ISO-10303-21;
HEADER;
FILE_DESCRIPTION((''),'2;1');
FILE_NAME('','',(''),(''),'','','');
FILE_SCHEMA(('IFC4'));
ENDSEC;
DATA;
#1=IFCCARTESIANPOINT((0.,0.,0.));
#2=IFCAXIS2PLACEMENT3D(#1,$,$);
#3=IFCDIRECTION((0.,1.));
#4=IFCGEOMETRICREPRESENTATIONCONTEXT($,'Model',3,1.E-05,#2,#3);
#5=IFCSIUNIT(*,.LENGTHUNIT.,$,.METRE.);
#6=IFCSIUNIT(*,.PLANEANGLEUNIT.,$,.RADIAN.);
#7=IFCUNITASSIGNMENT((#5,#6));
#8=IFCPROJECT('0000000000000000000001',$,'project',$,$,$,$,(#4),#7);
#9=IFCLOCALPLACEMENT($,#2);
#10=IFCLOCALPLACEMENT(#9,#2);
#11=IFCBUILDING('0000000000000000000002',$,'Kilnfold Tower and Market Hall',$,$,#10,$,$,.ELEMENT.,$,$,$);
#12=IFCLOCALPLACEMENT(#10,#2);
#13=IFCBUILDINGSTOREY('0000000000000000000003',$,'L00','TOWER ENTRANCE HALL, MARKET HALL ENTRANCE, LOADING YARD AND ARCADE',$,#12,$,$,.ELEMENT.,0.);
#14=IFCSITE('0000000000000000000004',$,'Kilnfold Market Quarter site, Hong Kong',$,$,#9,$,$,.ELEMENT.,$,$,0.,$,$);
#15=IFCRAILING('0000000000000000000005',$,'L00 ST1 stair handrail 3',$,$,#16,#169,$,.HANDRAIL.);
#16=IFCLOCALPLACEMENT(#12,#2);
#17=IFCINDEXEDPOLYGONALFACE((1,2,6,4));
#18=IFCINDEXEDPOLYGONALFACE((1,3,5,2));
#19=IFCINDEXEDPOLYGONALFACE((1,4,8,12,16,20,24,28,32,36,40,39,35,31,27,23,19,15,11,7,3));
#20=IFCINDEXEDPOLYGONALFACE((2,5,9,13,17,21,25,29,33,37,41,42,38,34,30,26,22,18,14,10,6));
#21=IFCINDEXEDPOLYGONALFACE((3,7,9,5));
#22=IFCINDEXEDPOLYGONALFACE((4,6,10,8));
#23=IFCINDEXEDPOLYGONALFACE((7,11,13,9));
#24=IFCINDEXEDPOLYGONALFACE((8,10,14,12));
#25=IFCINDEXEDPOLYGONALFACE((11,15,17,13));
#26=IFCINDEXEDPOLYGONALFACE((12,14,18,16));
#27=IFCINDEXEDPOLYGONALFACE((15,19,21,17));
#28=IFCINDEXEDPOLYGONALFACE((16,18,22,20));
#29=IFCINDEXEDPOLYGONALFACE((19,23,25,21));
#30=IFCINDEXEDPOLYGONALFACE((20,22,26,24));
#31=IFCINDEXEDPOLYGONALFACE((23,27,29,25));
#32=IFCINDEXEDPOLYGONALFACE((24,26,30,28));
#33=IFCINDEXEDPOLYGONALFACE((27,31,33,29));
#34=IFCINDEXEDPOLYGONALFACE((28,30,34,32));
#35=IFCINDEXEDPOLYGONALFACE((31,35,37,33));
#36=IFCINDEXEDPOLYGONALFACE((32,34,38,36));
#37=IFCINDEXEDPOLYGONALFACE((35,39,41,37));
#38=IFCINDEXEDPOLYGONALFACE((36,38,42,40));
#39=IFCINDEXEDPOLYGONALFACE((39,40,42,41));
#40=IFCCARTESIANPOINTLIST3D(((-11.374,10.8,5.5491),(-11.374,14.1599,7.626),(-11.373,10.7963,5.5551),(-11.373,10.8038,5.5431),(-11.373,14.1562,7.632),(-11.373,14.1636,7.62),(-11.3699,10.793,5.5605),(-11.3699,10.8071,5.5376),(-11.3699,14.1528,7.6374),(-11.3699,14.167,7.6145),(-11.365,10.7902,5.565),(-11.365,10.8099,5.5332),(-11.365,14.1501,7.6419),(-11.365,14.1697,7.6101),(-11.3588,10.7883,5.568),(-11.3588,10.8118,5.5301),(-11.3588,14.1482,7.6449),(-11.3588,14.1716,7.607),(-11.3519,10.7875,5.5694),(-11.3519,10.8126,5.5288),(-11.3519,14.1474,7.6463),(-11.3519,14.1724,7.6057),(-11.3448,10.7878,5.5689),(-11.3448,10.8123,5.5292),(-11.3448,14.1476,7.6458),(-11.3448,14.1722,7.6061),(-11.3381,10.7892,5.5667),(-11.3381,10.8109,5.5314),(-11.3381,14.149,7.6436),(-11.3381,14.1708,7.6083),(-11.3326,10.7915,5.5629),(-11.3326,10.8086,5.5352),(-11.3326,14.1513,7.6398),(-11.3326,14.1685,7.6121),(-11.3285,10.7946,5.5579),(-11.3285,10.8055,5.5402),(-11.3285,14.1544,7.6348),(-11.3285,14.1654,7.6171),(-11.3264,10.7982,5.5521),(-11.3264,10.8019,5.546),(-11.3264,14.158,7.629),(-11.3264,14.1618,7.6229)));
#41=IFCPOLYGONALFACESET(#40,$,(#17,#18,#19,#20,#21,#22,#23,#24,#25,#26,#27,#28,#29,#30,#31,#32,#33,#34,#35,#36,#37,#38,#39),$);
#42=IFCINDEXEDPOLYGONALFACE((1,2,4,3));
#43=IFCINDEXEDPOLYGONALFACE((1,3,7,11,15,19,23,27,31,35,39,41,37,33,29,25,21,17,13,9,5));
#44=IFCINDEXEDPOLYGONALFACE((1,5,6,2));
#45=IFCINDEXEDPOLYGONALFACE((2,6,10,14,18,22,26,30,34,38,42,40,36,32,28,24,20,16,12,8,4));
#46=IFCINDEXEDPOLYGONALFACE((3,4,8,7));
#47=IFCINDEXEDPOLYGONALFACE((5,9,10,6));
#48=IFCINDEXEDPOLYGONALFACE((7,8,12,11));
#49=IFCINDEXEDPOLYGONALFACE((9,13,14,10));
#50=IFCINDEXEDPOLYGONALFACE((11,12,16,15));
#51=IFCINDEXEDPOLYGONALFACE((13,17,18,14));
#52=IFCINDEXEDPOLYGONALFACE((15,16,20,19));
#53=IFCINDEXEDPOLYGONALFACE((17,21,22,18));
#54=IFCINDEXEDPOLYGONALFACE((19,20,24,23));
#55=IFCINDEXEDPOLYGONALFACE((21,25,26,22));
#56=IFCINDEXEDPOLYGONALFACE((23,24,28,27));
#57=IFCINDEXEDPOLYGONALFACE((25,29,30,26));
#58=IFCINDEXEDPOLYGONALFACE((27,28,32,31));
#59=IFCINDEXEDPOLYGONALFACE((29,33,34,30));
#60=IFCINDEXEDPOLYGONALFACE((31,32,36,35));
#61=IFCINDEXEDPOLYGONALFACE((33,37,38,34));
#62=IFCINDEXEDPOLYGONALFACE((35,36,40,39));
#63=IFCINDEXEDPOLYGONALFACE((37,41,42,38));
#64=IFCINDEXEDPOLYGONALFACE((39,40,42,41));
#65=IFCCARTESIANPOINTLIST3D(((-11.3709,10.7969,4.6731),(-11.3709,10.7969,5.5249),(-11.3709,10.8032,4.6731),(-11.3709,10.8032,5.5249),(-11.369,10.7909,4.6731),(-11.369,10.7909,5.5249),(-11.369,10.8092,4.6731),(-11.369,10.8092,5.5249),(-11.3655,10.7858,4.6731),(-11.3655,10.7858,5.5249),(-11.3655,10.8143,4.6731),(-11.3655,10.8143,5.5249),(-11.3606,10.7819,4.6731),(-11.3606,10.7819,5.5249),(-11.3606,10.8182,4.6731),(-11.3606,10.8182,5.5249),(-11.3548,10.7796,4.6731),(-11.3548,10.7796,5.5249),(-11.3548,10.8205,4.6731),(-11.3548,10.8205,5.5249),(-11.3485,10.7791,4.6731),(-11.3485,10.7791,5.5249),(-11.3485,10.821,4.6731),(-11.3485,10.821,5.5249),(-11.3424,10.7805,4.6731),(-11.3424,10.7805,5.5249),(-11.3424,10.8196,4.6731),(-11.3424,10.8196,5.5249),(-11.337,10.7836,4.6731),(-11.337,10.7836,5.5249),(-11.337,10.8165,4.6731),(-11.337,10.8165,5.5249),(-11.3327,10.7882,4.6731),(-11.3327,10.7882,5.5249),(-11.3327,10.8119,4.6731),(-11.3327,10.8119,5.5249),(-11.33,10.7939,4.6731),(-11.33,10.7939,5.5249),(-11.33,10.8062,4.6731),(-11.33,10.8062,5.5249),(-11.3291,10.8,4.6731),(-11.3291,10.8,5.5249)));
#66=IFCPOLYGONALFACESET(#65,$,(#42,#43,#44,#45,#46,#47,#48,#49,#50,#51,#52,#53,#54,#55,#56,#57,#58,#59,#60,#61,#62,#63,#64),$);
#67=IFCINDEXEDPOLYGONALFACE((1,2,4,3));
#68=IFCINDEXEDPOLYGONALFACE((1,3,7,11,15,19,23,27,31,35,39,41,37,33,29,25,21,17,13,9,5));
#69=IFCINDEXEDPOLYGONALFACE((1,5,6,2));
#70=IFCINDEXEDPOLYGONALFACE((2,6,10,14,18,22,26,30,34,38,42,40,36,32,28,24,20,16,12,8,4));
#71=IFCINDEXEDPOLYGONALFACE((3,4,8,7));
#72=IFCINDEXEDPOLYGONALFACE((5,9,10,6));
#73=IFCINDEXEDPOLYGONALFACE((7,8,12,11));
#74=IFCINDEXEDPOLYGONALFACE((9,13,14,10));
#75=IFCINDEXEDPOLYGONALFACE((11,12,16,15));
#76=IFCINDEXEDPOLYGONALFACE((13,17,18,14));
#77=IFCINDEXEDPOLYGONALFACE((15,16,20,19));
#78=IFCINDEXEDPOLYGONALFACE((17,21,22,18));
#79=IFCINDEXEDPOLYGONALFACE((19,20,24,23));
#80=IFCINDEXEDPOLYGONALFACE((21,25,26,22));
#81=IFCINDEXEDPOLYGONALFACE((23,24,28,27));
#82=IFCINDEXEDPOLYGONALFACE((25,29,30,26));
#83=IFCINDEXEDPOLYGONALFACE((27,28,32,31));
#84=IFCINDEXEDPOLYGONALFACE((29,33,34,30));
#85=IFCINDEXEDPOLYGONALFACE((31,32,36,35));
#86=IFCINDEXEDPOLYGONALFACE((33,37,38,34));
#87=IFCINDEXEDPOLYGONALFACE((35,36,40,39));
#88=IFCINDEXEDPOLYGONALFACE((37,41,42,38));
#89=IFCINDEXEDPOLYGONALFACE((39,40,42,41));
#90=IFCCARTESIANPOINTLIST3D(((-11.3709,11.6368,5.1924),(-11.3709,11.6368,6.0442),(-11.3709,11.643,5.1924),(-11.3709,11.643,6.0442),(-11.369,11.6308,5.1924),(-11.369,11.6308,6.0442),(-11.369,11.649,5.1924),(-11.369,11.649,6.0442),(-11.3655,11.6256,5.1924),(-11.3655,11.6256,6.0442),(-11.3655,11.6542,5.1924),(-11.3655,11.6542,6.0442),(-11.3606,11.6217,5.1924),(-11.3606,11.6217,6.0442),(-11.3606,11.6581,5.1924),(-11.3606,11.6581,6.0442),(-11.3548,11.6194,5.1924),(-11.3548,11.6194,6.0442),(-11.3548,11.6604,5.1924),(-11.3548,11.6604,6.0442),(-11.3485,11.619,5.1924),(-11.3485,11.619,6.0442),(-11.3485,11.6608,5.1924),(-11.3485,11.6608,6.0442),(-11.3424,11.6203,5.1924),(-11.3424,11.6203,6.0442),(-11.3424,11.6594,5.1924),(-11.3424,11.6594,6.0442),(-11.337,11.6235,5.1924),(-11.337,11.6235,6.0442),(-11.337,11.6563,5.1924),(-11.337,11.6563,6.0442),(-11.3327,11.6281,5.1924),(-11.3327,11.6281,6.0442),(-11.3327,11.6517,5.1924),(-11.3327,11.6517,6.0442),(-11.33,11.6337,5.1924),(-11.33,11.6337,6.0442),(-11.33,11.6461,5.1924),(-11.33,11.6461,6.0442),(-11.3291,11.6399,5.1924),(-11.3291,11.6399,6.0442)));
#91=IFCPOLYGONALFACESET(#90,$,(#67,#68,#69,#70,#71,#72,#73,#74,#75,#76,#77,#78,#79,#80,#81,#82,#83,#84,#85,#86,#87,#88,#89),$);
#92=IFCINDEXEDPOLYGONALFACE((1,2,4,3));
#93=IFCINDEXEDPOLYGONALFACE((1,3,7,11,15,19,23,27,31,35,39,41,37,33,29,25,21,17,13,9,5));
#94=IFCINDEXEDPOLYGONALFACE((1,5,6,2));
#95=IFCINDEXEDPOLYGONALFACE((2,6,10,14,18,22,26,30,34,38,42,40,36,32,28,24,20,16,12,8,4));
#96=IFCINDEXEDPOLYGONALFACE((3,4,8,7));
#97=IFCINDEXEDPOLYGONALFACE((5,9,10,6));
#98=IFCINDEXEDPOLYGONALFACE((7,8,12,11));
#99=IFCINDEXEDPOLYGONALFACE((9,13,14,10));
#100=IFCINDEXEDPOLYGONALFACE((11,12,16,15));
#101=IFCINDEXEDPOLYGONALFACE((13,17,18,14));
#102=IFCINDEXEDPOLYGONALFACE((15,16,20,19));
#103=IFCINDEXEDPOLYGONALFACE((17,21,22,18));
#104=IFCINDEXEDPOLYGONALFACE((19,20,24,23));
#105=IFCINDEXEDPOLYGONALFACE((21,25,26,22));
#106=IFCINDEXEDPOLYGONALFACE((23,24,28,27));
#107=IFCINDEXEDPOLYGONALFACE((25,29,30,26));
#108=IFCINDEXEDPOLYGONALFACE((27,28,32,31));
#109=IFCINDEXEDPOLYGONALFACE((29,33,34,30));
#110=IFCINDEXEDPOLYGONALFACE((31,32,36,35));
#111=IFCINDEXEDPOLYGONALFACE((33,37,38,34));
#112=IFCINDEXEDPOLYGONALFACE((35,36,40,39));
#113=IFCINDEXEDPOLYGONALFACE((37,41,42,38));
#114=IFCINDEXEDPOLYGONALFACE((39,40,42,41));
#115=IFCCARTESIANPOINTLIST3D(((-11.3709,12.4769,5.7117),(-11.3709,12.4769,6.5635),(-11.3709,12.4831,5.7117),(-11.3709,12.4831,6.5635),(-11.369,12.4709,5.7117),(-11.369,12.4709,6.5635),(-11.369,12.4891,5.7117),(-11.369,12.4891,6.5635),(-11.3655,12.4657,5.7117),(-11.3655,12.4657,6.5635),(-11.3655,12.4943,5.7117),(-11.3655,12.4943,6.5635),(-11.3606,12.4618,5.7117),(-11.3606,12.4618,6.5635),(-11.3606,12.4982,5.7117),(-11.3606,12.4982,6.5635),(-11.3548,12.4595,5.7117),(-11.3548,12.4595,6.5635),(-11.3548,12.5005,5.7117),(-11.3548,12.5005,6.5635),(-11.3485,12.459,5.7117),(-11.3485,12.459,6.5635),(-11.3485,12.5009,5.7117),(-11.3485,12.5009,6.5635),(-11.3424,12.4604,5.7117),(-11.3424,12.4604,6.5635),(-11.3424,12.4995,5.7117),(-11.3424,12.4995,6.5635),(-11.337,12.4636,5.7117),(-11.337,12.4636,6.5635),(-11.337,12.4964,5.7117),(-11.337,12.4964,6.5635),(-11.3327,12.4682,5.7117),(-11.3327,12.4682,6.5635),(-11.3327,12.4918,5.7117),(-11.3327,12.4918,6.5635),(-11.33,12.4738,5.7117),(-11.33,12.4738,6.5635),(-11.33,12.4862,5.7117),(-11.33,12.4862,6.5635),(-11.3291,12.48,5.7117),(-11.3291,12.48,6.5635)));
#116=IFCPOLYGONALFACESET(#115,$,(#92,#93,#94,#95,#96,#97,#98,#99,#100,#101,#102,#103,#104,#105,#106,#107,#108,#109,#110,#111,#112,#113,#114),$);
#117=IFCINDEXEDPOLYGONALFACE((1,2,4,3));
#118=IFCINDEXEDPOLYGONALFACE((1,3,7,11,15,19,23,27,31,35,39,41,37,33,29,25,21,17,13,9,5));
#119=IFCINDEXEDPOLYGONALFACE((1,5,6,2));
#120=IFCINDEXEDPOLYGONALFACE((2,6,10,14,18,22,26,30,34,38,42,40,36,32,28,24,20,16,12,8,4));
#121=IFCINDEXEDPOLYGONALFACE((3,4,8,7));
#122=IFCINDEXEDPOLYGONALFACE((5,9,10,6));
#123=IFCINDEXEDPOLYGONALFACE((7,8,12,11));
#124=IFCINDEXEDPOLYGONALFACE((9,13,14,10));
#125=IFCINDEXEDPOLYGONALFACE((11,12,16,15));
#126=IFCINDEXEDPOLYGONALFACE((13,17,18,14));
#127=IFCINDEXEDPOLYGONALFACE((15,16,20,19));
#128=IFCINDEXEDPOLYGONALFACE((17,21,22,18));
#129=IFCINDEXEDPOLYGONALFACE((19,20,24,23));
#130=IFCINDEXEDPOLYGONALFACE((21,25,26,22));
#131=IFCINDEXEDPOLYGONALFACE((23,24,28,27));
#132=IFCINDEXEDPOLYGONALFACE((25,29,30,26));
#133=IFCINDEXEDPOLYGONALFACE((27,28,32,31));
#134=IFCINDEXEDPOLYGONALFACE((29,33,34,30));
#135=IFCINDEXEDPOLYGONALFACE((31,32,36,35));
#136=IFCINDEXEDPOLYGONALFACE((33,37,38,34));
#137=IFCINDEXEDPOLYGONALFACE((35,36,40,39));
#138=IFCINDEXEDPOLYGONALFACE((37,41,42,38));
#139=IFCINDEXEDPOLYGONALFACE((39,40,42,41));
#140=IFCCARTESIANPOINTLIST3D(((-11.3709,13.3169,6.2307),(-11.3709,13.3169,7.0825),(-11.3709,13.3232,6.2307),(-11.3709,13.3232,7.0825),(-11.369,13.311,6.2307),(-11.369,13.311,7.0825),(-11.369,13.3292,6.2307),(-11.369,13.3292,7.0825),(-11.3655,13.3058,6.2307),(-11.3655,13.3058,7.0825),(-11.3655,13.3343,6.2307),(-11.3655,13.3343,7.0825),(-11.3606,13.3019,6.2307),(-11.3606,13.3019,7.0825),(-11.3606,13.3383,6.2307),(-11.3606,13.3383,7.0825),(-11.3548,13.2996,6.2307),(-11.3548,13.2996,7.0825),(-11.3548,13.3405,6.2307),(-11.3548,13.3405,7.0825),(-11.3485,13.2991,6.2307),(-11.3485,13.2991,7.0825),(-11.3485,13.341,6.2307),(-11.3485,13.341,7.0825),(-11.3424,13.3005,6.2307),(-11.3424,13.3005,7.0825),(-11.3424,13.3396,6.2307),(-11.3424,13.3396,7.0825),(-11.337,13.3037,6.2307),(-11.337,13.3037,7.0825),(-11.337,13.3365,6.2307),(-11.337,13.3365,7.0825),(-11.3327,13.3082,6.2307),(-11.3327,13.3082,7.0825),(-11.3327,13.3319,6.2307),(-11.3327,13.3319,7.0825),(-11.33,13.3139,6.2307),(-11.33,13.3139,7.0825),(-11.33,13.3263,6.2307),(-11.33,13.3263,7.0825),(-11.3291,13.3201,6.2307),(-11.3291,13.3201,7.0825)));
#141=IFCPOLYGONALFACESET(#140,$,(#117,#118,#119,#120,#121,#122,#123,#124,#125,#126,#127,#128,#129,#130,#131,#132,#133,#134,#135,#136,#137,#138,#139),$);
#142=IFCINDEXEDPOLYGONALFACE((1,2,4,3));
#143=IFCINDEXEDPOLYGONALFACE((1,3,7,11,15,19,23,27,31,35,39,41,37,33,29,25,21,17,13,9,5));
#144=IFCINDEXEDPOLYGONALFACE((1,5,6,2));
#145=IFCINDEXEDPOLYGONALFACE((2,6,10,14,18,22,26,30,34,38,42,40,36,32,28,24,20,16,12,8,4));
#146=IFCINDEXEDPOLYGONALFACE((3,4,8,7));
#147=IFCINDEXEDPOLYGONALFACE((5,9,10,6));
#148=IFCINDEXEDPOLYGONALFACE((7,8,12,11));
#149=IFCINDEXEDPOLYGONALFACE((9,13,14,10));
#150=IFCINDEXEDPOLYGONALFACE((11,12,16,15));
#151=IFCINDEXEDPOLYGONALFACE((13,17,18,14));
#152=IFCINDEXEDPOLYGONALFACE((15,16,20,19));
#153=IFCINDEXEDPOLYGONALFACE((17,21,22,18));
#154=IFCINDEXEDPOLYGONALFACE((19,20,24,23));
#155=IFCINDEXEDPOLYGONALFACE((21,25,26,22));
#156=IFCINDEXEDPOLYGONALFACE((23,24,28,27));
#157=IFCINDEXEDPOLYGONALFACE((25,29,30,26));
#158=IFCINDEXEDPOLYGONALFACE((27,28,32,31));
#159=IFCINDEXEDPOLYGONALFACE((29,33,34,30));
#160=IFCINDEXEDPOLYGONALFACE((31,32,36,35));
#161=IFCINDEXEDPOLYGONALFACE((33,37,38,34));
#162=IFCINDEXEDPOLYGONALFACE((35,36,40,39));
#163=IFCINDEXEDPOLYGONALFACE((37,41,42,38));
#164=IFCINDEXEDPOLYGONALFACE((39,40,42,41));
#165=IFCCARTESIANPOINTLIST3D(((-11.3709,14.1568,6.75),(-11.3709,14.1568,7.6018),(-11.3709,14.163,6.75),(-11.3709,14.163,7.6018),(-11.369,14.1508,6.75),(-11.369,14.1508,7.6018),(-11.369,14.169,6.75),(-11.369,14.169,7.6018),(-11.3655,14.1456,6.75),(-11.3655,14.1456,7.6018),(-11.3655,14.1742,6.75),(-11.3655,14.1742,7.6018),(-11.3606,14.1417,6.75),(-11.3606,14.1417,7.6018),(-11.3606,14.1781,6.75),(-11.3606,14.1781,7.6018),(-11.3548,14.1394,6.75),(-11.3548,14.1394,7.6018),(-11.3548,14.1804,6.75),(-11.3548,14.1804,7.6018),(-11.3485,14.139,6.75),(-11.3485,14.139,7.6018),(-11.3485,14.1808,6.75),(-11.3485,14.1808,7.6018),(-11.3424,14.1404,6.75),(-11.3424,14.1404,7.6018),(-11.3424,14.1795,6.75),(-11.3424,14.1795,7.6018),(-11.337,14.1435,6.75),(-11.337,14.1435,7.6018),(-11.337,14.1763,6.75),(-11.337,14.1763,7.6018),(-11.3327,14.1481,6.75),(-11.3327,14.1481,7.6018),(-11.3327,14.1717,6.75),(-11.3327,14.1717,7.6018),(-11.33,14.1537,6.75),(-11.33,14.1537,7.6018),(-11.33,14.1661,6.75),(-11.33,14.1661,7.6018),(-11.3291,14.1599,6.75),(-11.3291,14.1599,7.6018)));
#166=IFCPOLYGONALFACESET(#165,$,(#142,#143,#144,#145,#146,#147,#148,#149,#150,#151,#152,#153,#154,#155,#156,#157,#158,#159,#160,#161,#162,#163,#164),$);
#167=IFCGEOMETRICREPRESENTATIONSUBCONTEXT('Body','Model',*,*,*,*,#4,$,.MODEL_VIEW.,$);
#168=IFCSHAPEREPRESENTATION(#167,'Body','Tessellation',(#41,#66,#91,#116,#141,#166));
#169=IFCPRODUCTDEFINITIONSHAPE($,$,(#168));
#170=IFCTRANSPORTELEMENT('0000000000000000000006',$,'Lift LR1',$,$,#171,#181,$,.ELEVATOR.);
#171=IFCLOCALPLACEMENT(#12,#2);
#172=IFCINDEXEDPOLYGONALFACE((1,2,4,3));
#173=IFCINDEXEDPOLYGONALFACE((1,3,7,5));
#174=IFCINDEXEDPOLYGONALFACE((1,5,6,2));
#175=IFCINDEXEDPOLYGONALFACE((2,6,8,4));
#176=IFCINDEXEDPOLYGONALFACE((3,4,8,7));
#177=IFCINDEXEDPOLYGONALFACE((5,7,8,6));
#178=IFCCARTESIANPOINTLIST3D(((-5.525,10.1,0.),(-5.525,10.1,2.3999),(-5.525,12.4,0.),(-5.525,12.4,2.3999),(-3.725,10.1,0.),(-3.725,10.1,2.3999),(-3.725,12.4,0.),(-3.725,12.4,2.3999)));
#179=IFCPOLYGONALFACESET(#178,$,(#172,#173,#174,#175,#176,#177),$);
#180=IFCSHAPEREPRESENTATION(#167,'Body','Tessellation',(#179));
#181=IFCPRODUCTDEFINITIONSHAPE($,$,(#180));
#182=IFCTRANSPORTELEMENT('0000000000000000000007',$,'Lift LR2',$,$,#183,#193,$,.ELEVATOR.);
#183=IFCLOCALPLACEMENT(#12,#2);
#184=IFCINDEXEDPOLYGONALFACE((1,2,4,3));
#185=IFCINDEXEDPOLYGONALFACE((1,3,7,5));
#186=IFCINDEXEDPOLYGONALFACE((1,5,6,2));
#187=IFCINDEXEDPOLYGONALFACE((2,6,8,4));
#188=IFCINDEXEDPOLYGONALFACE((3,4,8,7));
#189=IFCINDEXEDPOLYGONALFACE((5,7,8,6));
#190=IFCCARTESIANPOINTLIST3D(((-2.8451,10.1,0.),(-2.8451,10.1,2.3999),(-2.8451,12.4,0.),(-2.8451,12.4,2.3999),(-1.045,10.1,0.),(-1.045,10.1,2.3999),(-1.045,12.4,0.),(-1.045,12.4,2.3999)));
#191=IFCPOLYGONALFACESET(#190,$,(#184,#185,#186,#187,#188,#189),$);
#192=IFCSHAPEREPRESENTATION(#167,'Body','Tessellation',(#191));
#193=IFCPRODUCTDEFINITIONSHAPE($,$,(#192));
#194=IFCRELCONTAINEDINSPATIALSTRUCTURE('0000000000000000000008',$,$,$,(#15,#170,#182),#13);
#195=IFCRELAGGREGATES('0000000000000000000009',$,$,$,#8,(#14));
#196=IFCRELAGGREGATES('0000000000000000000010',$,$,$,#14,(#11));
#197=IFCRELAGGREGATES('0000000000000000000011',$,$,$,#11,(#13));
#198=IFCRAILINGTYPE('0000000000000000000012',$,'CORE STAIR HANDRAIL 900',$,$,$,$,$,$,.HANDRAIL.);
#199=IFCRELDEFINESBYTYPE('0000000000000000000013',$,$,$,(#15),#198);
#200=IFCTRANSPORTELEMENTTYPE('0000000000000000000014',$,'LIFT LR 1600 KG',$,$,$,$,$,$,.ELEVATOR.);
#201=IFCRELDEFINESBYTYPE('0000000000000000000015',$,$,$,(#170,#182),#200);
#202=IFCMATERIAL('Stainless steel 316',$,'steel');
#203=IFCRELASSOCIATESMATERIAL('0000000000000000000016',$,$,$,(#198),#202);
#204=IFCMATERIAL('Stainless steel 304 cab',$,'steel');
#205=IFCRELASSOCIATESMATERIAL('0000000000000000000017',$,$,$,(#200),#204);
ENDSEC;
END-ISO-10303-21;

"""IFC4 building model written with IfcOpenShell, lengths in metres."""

from ifc_helpers import new_model, si_unit, direction, frame, origin, origin_2d, place, context, subcontext, project, spatial, rectangle, circle, extrude, source, transform, mapped, material, type_object, element, save


model = new_model("IFC4")

# Units and contexts
model_context = context("Model", 3, precision=1e-05, world=origin(), true_north=direction((0.0, 1.0)))
body_context = subcontext(model_context, "Body", "Model", "MODEL_VIEW")
ifc_project = project(units=[si_unit("LENGTHUNIT", "METRE"), si_unit("PLANEANGLEUNIT", "RADIAN")], contexts=[model_context])

# Site, building, storey
site_placement = place(None, origin())
site = spatial("IfcSite", under=ifc_project, at=site_placement, Name="Kilnfold Market Quarter site, Hong Kong", CompositionType="ELEMENT", RefElevation=0.0)
building_placement = place(site_placement, origin())
building = spatial("IfcBuilding", under=site, at=building_placement, Name="Kilnfold Tower and Market Hall", CompositionType="ELEMENT")
storey_placement = place(building_placement, origin())
storey = spatial("IfcBuildingStorey", under=building, at=storey_placement, Name="L00", Description="TOWER ENTRANCE HALL, MARKET HALL ENTRANCE, LOADING YARD AND ARCADE", CompositionType="ELEMENT", Elevation=0.0)

# Railing
ifc_material_1 = material(Name="Stainless steel 316", Category="steel")
railing_type = type_object("IfcRailingType", Name="CORE STAIR HANDRAIL 900", PredefinedType="HANDRAIL", material=ifc_material_1)
for number, where, name in (
    (1, (-11.3501, 10.8, 4.6731), "L00 ST1 stair handrail 3"),
):
    element("IfcRailing", number, at=place(storey_placement, frame(where)), inside=storey, type_object=railing_type, Name=name, PredefinedType="HANDRAIL", context=body_context, shape_type="SweptSolid", body=[
        extrude(circle(Radius=0.0239, at=origin_2d()), frame((0.0, 0.0, 0.876), z_axis=(0.0, 0.850606, 0.525803), x_axis=(-1.0, 0.0, 0.0)), (0.0, 0.0, 1.0), 3.95),
        extrude(circle(Radius=0.021, at=origin_2d()), origin(), (0.0, 0.0, 1.0), 0.8518),
        extrude(circle(Radius=0.021, at=origin_2d()), frame((0.0, 0.8398, 0.5193)), (0.0, 0.0, 1.0), 0.8518),
        extrude(circle(Radius=0.021, at=origin_2d()), frame((0.0, 1.6799, 1.0386)), (0.0, 0.0, 1.0), 0.8518),
        extrude(circle(Radius=0.021, at=origin_2d()), frame((0.0, 2.52, 1.5576)), (0.0, 0.0, 1.0), 0.8518),
        extrude(circle(Radius=0.021, at=origin_2d()), frame((0.0, 3.3599, 2.0769)), (0.0, 0.0, 1.0), 0.8518),
    ])

# Transport elements
ifc_material_2 = material(Name="Stainless steel 304 cab", Category="steel")
transport_element_type = type_object("IfcTransportElementType", Name="LIFT LR 1600 KG", PredefinedType="ELEVATOR", material=ifc_material_2)
shared_shape_1 = source(origin(), body_context, "Body", "SweptSolid", [
    extrude(rectangle(XDim=1.8, YDim=2.3, at=origin_2d()), origin(), (0.0, 0.0, 1.0), 2.3999),
])
for number, where, z_axis, x_axis, name in (
    (2, (-4.625, 11.25, 0.0), (0.0, 0.0, 1.0), (1.0, 0.0, 0.0), "Lift LR1"),
    (3, (-1.9451, 11.25, 0.0), (0.0, 0.0, 1.0), (1.0, 0.0, 0.0), "Lift LR2"),
):
    element("IfcTransportElement", number, at=place(storey_placement, frame(where, z_axis=z_axis, x_axis=x_axis)), inside=storey, type_object=transport_element_type, Name=name, PredefinedType="ELEVATOR", context=body_context, shape_type="MappedRepresentation", body=[
        mapped(shared_shape_1, transform((0.0, 0.0, 0.0))),
    ])

save(model, "model.ifc")
